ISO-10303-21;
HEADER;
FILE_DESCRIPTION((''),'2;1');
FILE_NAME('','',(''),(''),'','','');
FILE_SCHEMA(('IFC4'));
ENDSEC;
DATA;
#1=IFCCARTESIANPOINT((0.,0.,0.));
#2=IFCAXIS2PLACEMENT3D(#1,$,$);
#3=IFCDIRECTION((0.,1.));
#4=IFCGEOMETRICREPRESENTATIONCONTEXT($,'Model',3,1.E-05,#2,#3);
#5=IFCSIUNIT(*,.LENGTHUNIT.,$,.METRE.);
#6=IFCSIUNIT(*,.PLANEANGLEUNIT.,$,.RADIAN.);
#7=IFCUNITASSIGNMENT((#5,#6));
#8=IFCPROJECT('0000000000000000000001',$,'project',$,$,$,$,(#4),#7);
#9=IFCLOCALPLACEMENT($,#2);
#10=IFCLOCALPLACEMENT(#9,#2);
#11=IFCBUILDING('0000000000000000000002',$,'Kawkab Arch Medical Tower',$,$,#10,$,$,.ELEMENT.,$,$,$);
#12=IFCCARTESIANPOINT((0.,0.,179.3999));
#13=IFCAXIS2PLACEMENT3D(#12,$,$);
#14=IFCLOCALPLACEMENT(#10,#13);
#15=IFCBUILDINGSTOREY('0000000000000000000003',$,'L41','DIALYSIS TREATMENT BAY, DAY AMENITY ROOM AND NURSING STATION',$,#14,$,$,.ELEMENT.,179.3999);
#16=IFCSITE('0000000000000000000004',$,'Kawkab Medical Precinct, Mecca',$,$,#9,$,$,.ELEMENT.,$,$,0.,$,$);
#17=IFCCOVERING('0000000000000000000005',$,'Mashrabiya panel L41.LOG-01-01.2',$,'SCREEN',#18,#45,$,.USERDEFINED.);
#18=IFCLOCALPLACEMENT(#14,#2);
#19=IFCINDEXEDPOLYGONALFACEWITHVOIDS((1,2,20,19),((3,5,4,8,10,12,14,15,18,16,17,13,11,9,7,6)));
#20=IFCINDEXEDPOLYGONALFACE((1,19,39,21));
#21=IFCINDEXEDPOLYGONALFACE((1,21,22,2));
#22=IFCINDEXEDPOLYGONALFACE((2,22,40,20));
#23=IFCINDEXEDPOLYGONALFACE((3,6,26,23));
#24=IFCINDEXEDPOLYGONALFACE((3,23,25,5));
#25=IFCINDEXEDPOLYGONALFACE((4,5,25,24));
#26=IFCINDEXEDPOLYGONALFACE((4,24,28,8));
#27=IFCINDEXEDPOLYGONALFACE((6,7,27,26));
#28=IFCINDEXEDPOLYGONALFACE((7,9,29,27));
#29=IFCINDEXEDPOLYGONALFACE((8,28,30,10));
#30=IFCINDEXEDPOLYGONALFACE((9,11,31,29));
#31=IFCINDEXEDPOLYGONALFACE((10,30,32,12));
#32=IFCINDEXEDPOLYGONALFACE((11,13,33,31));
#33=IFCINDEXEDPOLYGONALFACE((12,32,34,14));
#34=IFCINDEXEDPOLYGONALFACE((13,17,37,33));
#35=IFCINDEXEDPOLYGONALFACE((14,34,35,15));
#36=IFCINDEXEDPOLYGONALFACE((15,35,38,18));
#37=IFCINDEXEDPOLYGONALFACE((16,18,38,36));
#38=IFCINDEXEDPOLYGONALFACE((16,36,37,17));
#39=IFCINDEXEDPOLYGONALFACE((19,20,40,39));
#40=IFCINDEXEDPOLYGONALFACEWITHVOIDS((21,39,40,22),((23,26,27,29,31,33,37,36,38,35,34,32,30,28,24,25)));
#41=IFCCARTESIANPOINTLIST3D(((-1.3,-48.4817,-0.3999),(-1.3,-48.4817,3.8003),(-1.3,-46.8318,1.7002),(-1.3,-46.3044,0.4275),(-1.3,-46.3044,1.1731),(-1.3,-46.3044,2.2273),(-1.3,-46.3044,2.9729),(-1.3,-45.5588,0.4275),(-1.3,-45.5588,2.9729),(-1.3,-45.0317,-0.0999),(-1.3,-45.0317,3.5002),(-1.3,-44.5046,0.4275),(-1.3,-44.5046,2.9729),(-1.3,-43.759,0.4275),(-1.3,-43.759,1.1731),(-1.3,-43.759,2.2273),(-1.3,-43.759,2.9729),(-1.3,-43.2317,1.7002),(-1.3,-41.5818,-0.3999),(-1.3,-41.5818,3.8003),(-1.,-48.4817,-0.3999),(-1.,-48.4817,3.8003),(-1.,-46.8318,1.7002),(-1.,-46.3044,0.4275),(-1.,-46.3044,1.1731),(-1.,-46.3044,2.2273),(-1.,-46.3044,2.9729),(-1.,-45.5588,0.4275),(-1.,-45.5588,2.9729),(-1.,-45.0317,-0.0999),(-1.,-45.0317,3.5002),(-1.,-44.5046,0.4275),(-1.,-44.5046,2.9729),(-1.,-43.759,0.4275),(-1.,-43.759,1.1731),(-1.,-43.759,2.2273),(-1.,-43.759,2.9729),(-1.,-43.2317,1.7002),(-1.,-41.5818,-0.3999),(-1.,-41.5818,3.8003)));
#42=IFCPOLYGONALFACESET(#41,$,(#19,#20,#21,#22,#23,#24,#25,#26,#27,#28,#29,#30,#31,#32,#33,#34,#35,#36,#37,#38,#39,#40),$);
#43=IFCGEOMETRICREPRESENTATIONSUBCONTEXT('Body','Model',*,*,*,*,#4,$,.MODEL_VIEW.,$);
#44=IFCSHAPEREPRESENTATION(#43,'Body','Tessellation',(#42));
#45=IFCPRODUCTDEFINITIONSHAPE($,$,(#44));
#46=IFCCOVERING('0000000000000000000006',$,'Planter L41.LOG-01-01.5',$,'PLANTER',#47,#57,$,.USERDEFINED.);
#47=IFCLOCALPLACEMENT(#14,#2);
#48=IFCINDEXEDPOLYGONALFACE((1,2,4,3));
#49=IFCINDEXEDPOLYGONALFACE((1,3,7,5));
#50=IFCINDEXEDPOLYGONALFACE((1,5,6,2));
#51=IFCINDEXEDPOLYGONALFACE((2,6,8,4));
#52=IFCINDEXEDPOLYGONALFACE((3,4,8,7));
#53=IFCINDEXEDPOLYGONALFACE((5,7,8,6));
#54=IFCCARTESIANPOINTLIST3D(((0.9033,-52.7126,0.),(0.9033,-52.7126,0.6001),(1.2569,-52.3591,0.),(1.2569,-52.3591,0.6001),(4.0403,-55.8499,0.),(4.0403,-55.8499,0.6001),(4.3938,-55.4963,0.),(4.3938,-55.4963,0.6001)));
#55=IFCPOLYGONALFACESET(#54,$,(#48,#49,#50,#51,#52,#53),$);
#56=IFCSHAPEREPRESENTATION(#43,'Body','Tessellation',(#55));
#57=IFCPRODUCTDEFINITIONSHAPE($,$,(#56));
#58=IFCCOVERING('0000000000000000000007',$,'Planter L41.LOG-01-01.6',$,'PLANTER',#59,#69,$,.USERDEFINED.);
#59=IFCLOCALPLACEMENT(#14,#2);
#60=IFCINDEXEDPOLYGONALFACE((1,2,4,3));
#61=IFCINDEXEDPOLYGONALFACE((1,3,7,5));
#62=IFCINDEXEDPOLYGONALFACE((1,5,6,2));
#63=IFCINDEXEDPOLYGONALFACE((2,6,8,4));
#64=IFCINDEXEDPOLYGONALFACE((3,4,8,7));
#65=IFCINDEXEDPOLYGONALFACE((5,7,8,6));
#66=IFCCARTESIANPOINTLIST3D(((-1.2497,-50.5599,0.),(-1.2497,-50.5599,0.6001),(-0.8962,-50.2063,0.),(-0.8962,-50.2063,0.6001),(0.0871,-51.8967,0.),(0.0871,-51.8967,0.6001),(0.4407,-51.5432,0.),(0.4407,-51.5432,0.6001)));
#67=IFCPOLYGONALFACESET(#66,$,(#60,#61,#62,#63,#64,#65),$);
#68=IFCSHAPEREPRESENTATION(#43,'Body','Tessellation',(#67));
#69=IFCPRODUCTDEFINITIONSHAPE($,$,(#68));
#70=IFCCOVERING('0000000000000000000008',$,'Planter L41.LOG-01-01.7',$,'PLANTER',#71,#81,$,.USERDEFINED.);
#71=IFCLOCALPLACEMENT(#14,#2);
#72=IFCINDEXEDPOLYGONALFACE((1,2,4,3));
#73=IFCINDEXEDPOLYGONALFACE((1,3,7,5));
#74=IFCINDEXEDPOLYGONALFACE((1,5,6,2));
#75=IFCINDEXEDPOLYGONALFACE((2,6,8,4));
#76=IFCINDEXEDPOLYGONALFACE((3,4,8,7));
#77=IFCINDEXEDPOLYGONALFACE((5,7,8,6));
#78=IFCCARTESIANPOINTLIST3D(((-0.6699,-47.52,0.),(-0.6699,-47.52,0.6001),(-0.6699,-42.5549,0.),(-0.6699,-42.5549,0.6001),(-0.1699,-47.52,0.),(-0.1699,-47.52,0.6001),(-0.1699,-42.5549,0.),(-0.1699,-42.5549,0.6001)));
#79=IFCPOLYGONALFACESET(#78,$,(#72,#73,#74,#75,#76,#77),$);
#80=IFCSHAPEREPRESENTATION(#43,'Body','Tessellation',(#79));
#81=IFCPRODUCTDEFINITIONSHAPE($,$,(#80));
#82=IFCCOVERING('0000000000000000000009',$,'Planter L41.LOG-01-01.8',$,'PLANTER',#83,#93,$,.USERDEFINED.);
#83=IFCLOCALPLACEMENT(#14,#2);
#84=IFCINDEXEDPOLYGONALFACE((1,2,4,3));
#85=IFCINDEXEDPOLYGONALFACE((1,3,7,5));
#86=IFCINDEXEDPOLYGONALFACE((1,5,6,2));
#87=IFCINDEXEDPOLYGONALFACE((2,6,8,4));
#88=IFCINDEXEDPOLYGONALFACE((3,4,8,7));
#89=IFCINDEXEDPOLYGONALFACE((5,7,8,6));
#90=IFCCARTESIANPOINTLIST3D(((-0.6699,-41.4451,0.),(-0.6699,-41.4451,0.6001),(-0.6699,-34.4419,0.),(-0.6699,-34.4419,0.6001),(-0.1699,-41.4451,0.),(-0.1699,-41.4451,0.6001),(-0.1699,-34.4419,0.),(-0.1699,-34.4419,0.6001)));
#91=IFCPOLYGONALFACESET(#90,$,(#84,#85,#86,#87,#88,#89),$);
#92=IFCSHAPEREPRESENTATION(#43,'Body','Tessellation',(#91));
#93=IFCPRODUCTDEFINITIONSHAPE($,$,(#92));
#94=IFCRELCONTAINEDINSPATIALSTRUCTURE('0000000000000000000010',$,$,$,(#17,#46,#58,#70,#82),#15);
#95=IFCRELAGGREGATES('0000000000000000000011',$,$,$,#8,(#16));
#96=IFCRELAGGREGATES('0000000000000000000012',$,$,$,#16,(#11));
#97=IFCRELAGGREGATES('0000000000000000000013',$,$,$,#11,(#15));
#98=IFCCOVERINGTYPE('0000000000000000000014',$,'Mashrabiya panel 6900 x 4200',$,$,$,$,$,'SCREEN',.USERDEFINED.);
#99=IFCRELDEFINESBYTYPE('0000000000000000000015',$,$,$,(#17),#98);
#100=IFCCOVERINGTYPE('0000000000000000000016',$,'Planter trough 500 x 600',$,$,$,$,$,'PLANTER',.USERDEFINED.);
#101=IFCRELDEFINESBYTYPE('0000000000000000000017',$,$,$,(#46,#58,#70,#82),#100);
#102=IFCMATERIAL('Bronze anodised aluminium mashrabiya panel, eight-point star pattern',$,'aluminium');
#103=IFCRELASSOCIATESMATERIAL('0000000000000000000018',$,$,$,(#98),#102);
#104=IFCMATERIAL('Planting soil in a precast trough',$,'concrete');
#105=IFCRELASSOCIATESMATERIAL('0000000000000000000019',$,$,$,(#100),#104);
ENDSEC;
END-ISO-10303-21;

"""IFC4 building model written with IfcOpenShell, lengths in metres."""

from ifc_helpers import new_model, si_unit, direction, frame, origin, origin_2d, place, context, subcontext, project, spatial, polyline, rectangle, outline, extrude, material, material_profile, profile_set, type_object, element, save


model = new_model("IFC4")

# Units and contexts
model_context = context("Model", 3, precision=1e-05, world=origin(), true_north=direction((0.0, 1.0)))
body_context = subcontext(model_context, "Body", "Model", "MODEL_VIEW")
ifc_project = project(units=[si_unit("LENGTHUNIT", "METRE"), si_unit("PLANEANGLEUNIT", "RADIAN")], contexts=[model_context])

# Site, building, storey
site_placement = place(None, origin())
site = spatial("IfcSite", under=ifc_project, at=site_placement, Name="Kawkab Medical Precinct, Mecca", CompositionType="ELEMENT", RefElevation=0.0)
building_placement = place(site_placement, origin())
building = spatial("IfcBuilding", under=site, at=building_placement, Name="Kawkab Arch Medical Tower", CompositionType="ELEMENT")
storey_placement = place(building_placement, frame((0.0, 0.0, 179.3999)))
storey = spatial("IfcBuildingStorey", under=building, at=storey_placement, Name="L41", Description="DIALYSIS TREATMENT BAY, DAY AMENITY ROOM AND NURSING STATION", CompositionType="ELEMENT", Elevation=179.3999)

# Coverings
ifc_material_1 = material(Name="Bronze anodised aluminium mashrabiya panel, eight-point star pattern", Category="aluminium")
ifc_material_profile_1 = material_profile(ifc_material_1, outline(polyline([(-3.45, -2.1001), (3.45, -2.1001), (3.45, 2.1001), (-3.45, 2.1001), (-3.45, -2.1001)]), holes=[polyline([(1.8, 0.0), (1.2727, 0.5271), (1.2727, 1.2727), (0.5271, 1.2727), (0.0, 1.8), (-0.5271, 1.2727), (-1.2727, 1.2727), (-1.2727, 0.5271), (-1.8, 0.0), (-1.2727, -0.5271), (-1.2727, -1.2727), (-0.5271, -1.2727), (0.0, -1.8), (0.5271, -1.2727), (1.2727, -1.2727), (1.2727, -0.5271), (1.8, 0.0)])]), Name="Mashrabiya panel 6900x4200")
ifc_profile_set_1 = profile_set([ifc_material_profile_1], Name="Bronze anodised aluminium mashrabiya panel, eight-point star pattern")
covering_type_1 = type_object("IfcCoveringType", Name="Mashrabiya panel 6900 x 4200", ElementType="SCREEN", PredefinedType="USERDEFINED", material=ifc_profile_set_1)
covering_1_placement = place(storey_placement, frame((-1.0, -45.0317, 1.7002), z_axis=(-1.0, 0.0, 0.0), x_axis=(0.0, -1.0, 0.0)))
element("IfcCovering", 1, at=covering_1_placement, inside=storey, type_object=covering_type_1, Name="Mashrabiya panel L41.LOG-01-01.2", ObjectType="SCREEN", PredefinedType="USERDEFINED", context=body_context, shape_type="SweptSolid", body=[
    extrude(outline(polyline([(-3.45, -2.1001), (3.45, -2.1001), (3.45, 2.1001), (-3.45, 2.1001), (-3.45, -2.1001)]), holes=[polyline([(1.8, 0.0), (1.2727, 0.5271), (1.2727, 1.2727), (0.5271, 1.2727), (0.0, 1.8), (-0.5271, 1.2727), (-1.2727, 1.2727), (-1.2727, 0.5271), (-1.8, 0.0), (-1.2727, -0.5271), (-1.2727, -1.2727), (-0.5271, -1.2727), (0.0, -1.8), (0.5271, -1.2727), (1.2727, -1.2727), (1.2727, -0.5271), (1.8, 0.0)])]), origin(), (0.0, 0.0, 1.0), 0.3),
])
ifc_material_2 = material(Name="Planting soil in a precast trough", Category="concrete")
ifc_material_profile_2 = material_profile(ifc_material_2, rectangle(XDim=0.5, YDim=0.6001, at=origin_2d()), Name="Trough 500x600")
ifc_profile_set_2 = profile_set([ifc_material_profile_2], Name="Planting soil in a precast trough")
covering_type_2 = type_object("IfcCoveringType", Name="Planter trough 500 x 600", ElementType="PLANTER", PredefinedType="USERDEFINED", material=ifc_profile_set_2)
covering_2_placement = place(storey_placement, frame((4.217, -55.6731, 0.3), z_axis=(-0.707079, 0.707134, 0.0), x_axis=(-0.707134, -0.707079, 0.0)))
element("IfcCovering", 2, at=covering_2_placement, inside=storey, type_object=covering_type_2, Name="Planter L41.LOG-01-01.5", ObjectType="PLANTER", PredefinedType="USERDEFINED", context=body_context, shape_type="SweptSolid", body=[
    extrude(rectangle(XDim=0.5, YDim=0.6001, at=origin_2d()), origin(), (0.0, 0.0, 1.0), 4.4365),
])
covering_3_placement = place(storey_placement, frame((0.2639, -51.72, 0.3), z_axis=(-0.707107, 0.707107, 0.0), x_axis=(-0.707107, -0.707107, 0.0)))
element("IfcCovering", 3, at=covering_3_placement, inside=storey, type_object=covering_type_2, Name="Planter L41.LOG-01-01.6", ObjectType="PLANTER", PredefinedType="USERDEFINED", context=body_context, shape_type="SweptSolid", body=[
    extrude(rectangle(XDim=0.5, YDim=0.6001, at=origin_2d()), origin(), (0.0, 0.0, 1.0), 1.8906),
])
covering_4_placement = place(storey_placement, frame((-0.4199, -47.52, 0.3), z_axis=(0.0, 1.0, 0.0), x_axis=(-1.0, 0.0, 0.0)))
element("IfcCovering", 4, at=covering_4_placement, inside=storey, type_object=covering_type_2, Name="Planter L41.LOG-01-01.7", ObjectType="PLANTER", PredefinedType="USERDEFINED", context=body_context, shape_type="SweptSolid", body=[
    extrude(rectangle(XDim=0.5, YDim=0.6001, at=origin_2d()), origin(), (0.0, 0.0, 1.0), 4.9651),
])
covering_5_placement = place(storey_placement, frame((-0.4199, -41.4451, 0.3), z_axis=(0.0, 1.0, 0.0), x_axis=(-1.0, 0.0, 0.0)))
element("IfcCovering", 5, at=covering_5_placement, inside=storey, type_object=covering_type_2, Name="Planter L41.LOG-01-01.8", ObjectType="PLANTER", PredefinedType="USERDEFINED", context=body_context, shape_type="SweptSolid", body=[
    extrude(rectangle(XDim=0.5, YDim=0.6001, at=origin_2d()), origin(), (0.0, 0.0, 1.0), 7.0032),
])

save(model, "model.ifc")
